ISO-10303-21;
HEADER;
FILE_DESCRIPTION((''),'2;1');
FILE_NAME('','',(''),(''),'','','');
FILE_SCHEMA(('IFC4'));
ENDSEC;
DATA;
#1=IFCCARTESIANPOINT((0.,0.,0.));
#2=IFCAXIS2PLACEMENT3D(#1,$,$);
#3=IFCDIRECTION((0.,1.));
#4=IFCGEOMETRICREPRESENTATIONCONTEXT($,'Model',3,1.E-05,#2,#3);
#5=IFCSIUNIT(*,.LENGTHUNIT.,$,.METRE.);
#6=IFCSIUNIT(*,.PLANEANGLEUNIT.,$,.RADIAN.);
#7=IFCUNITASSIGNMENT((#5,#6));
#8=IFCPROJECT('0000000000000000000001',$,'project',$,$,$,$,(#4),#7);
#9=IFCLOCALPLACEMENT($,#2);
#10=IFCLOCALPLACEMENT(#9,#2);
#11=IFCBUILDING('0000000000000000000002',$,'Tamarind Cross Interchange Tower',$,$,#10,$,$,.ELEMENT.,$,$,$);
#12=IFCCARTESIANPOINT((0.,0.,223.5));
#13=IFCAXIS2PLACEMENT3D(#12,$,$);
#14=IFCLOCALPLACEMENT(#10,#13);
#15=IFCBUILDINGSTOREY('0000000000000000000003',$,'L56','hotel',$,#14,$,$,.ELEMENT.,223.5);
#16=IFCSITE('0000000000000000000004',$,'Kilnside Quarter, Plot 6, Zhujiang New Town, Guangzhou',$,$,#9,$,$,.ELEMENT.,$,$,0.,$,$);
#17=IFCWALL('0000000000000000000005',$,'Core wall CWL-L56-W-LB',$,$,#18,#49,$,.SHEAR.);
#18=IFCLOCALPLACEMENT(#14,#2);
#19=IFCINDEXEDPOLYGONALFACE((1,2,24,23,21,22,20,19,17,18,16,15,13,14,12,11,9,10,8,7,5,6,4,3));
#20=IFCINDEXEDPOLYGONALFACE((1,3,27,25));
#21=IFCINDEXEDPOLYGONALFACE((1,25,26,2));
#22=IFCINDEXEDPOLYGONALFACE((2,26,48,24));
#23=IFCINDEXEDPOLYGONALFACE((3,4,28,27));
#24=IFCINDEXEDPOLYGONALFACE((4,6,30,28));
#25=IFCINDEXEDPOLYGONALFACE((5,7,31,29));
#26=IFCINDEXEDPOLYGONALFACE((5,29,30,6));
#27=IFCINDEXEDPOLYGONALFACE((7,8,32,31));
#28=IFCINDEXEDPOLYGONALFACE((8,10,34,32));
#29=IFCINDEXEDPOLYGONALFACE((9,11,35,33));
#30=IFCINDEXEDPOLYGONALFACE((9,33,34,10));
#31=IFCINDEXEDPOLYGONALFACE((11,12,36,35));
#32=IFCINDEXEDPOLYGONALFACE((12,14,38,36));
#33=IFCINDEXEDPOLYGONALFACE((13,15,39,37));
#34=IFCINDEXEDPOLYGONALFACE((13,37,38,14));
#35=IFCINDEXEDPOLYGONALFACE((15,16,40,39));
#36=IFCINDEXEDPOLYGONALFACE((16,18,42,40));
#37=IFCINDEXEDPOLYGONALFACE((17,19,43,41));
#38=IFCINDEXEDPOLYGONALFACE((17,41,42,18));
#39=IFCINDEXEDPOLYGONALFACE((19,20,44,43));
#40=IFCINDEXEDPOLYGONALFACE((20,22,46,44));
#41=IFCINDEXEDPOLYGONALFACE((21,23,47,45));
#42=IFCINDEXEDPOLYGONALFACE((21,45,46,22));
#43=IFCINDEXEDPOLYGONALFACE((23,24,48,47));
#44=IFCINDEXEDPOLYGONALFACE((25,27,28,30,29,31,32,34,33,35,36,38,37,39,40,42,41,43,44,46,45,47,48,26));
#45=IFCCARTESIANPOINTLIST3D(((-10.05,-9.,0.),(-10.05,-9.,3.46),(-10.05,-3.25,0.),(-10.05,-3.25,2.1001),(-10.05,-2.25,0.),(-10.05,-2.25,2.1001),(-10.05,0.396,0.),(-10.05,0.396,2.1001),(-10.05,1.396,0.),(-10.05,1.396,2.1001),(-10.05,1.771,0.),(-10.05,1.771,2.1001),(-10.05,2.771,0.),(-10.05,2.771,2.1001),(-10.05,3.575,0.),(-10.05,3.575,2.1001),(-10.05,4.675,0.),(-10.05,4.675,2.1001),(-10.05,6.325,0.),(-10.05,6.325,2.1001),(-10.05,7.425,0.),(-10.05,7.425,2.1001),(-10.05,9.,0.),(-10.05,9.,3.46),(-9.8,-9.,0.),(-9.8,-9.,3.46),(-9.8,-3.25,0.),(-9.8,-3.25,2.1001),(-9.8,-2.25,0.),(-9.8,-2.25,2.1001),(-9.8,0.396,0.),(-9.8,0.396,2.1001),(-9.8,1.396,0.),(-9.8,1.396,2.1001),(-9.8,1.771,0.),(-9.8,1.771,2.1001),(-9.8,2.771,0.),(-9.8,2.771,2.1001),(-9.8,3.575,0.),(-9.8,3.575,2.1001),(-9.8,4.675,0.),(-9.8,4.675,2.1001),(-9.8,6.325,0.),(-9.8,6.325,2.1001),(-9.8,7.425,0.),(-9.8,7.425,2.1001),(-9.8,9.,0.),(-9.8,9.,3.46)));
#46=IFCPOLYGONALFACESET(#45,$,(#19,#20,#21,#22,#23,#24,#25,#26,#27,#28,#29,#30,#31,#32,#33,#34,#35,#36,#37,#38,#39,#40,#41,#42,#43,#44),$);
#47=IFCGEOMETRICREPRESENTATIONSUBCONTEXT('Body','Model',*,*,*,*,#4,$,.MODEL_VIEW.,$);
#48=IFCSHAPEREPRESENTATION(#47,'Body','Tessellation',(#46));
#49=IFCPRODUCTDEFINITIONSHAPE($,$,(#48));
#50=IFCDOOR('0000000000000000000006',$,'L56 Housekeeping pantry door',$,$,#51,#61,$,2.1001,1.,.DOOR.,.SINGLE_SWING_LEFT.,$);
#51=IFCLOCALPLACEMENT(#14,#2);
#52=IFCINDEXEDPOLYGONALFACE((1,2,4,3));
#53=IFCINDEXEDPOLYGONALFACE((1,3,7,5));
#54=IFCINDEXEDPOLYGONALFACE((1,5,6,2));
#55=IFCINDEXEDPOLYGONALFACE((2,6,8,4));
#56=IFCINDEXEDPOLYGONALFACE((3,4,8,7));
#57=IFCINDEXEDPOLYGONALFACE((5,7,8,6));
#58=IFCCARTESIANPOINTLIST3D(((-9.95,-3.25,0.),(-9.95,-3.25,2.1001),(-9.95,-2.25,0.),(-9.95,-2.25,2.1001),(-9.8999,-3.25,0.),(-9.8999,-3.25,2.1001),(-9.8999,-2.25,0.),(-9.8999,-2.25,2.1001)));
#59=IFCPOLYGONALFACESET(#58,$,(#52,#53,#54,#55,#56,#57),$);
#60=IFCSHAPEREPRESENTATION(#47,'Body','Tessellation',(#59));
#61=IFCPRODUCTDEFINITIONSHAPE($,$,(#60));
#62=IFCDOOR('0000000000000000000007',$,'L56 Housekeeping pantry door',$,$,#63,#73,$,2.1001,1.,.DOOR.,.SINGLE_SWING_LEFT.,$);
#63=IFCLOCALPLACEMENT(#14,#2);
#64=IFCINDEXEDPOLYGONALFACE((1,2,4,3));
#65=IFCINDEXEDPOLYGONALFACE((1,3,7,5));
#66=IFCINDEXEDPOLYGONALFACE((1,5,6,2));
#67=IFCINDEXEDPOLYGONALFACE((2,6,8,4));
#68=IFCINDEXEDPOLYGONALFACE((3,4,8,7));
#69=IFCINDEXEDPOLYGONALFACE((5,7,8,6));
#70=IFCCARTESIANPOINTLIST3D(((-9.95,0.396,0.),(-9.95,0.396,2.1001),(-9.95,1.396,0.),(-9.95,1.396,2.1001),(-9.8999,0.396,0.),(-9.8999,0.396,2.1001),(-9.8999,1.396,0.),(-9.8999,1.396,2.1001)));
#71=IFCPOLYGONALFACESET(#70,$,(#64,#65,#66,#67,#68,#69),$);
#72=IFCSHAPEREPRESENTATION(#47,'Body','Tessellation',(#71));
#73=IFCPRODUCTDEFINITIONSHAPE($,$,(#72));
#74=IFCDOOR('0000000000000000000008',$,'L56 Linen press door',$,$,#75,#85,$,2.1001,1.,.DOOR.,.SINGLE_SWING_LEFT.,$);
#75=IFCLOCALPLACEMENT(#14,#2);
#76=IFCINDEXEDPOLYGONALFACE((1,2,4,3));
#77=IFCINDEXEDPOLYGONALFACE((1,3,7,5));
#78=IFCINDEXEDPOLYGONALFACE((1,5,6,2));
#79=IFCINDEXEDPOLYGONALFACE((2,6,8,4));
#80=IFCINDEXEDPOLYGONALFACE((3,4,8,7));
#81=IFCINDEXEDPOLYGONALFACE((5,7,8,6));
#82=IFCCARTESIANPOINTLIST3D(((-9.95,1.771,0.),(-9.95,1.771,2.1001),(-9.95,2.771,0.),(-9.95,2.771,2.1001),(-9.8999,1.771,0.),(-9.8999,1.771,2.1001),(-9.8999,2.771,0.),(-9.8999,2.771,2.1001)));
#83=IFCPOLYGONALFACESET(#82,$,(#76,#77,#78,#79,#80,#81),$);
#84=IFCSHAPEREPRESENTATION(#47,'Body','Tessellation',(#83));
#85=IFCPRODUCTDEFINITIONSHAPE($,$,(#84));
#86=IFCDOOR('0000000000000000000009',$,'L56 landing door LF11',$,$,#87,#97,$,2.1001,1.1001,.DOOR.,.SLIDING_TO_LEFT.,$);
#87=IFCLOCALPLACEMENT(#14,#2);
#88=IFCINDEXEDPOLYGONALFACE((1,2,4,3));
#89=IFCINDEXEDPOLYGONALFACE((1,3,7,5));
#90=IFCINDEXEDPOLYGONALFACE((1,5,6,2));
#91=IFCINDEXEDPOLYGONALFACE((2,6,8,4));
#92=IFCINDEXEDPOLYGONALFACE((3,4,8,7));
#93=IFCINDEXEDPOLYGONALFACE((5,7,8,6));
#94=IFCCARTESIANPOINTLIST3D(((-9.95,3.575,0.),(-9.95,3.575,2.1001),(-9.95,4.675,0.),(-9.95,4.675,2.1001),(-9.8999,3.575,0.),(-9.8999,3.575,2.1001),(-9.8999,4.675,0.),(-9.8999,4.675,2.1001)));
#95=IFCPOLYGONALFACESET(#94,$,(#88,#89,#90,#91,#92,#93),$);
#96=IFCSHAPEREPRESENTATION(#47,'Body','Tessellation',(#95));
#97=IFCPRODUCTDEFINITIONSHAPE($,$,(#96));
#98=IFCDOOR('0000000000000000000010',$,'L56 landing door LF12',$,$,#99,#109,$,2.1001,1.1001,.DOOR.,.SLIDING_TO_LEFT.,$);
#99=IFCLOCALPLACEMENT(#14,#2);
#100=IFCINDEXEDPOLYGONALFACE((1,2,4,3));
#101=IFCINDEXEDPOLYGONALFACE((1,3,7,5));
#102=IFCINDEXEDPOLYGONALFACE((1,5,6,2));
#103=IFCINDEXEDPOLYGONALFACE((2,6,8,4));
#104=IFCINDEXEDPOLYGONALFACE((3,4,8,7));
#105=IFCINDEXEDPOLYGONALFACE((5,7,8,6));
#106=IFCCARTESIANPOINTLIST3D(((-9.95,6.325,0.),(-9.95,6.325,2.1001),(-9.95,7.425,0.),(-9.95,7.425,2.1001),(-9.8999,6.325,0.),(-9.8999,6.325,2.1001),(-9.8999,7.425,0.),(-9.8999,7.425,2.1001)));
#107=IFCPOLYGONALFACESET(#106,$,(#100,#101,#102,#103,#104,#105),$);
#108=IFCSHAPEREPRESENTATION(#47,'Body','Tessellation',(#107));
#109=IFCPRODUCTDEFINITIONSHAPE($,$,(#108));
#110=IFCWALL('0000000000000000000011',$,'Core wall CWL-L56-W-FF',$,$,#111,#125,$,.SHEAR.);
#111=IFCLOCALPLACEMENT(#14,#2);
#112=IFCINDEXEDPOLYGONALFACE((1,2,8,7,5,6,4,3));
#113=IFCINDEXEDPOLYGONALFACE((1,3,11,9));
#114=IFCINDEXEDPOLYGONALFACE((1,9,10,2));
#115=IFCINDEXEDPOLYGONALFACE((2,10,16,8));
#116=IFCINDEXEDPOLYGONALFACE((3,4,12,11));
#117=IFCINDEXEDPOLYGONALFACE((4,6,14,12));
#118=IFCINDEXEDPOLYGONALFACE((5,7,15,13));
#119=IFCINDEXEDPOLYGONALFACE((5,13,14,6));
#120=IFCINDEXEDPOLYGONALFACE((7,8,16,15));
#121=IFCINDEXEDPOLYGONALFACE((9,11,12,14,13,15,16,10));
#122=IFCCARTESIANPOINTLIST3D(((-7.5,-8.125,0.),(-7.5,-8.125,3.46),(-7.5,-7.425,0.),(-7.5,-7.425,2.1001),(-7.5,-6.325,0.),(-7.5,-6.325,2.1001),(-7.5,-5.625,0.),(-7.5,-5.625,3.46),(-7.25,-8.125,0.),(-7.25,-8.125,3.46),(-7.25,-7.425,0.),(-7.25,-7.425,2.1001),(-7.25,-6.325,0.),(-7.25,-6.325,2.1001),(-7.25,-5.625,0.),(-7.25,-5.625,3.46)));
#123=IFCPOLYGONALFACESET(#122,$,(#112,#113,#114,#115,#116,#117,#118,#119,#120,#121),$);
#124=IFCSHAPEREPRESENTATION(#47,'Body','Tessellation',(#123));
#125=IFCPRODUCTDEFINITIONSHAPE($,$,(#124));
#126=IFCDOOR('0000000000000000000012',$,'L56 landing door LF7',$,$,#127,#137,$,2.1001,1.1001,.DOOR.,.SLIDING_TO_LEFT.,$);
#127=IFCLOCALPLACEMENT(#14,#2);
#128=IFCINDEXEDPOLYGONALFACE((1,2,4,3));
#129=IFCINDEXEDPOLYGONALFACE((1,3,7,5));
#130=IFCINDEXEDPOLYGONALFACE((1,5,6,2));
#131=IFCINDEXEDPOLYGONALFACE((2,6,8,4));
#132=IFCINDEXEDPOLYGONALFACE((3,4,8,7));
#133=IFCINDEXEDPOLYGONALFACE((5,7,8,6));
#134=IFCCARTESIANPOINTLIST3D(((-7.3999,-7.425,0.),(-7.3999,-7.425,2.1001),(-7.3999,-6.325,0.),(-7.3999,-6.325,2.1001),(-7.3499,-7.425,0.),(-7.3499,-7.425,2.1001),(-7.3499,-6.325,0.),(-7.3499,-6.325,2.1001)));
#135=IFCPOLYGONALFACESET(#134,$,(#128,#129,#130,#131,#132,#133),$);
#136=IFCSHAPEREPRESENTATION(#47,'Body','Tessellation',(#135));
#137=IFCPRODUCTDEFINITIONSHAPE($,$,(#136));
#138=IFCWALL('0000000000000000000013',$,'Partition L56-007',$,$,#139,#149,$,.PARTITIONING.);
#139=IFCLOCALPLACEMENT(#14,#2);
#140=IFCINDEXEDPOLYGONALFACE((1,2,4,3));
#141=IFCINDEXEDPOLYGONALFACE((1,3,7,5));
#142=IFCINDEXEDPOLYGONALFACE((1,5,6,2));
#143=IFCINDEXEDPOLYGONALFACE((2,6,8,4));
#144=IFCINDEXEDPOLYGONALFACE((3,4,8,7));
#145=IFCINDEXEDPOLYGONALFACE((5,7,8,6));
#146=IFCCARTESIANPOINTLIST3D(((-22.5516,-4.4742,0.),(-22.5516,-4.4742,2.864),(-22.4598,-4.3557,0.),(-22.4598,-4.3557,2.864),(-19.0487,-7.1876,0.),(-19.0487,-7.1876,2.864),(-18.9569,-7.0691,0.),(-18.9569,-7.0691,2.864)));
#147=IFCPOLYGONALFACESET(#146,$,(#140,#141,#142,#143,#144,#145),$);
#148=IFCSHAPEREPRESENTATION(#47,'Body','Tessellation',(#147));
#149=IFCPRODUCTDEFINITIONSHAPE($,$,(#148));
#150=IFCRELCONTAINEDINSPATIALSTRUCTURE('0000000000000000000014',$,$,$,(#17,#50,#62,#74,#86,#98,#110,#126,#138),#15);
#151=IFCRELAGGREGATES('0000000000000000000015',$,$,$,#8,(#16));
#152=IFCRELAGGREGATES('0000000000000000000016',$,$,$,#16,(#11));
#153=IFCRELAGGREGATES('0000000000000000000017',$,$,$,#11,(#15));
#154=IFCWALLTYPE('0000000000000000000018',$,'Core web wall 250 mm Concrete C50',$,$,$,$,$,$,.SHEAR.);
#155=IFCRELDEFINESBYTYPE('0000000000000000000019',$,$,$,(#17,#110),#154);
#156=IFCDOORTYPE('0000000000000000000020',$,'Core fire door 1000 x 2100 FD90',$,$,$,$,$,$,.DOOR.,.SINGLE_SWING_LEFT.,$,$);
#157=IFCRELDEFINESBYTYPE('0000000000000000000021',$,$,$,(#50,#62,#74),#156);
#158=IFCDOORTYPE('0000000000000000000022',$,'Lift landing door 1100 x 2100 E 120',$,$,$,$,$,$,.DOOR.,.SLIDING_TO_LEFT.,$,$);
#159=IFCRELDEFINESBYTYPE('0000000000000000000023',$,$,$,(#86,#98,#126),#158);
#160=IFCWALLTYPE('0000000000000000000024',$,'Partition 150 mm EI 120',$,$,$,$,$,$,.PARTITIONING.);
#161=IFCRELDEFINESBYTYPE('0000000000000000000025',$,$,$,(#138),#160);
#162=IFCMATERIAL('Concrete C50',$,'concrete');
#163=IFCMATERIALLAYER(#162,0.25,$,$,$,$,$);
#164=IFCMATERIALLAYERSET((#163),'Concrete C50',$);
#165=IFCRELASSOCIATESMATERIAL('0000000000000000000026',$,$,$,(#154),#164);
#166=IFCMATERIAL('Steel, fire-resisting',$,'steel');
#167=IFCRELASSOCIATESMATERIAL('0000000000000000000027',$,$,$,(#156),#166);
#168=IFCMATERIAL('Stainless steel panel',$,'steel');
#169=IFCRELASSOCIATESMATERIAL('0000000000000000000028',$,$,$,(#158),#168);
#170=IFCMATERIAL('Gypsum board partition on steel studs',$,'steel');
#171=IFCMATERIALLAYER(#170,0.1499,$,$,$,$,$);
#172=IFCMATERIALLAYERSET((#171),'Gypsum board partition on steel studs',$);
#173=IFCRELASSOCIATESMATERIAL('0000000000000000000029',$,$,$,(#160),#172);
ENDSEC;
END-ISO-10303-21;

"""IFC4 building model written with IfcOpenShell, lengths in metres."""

from ifc_helpers import new_model, si_unit, direction, frame, frame_2d, origin, place, context, subcontext, project, spatial, rectangle, extrude, material, layer, layer_set, type_object, element, fill, save


model = new_model("IFC4")

# Units and contexts
model_context = context("Model", 3, precision=1e-05, world=origin(), true_north=direction((0.0, 1.0)))
body_context = subcontext(model_context, "Body", "Model", "MODEL_VIEW")
ifc_project = project(units=[si_unit("LENGTHUNIT", "METRE"), si_unit("PLANEANGLEUNIT", "RADIAN")], contexts=[model_context])

# Site, building, storey
site_placement = place(None, origin())
site = spatial("IfcSite", under=ifc_project, at=site_placement, Name="Kilnside Quarter, Plot 6, Zhujiang New Town, Guangzhou", CompositionType="ELEMENT", RefElevation=0.0)
building_placement = place(site_placement, origin())
building = spatial("IfcBuilding", under=site, at=building_placement, Name="Tamarind Cross Interchange Tower", CompositionType="ELEMENT")
storey_placement = place(building_placement, frame((0.0, 0.0, 223.5)))
storey = spatial("IfcBuildingStorey", under=building, at=storey_placement, Name="L56", Description="hotel", CompositionType="ELEMENT", Elevation=223.5)

# Shared definitions
ifc_material_1 = material(Name="Concrete C50", Category="concrete")

# Shared definitions
ifc_material_2 = material(Name="Steel, fire-resisting", Category="steel")

# Shared definitions
ifc_layer_1 = layer(ifc_material_1, 0.25)
ifc_layer_set_1 = layer_set([ifc_layer_1], Name="Concrete C50")
wall_type_1 = type_object("IfcWallType", Name="Core web wall 250 mm Concrete C50", PredefinedType="SHEAR", material=ifc_layer_set_1)

# Wall, openings, doors
door_type_1 = type_object("IfcDoorType", Name="Core fire door 1000 x 2100 FD90", OperationType="SINGLE_SWING_LEFT", PredefinedType="DOOR", material=ifc_material_2)
ifc_material_3 = material(Name="Stainless steel panel", Category="steel")
wall_1_placement = place(storey_placement, frame((-9.925, -9.0, 0.0), z_axis=(0.0, 0.0, 1.0), x_axis=(0.0, 1.0, 0.0)))
wall_1 = element("IfcWall", 1, at=wall_1_placement, inside=storey, type_object=wall_type_1, Name="Core wall CWL-L56-W-LB", PredefinedType="SHEAR", context=body_context, shape_type="SweptSolid", body=[
    extrude(rectangle(XDim=18.0, YDim=0.25, at=frame_2d((9.0, 0.0))), origin(), (0.0, 0.0, 1.0), 3.46),
])
opening_1_placement = place(wall_1_placement, frame((12.575, 0.0, 0.0)))
opening_1 = element("IfcOpeningElement", 2, at=opening_1_placement, cuts=wall_1, PredefinedType="OPENING", context=body_context, shape_type="SweptSolid", body=[
    extrude(rectangle(XDim=1.1001, YDim=2.1001, at=frame_2d((0.55, 1.05))), frame((0.0, 0.135, 0.0), z_axis=(0.0, -1.0, 0.0), x_axis=(1.0, 0.0, 0.0)), (0.0, 0.0, 1.0), 0.27),
])
opening_2_placement = place(wall_1_placement, frame((15.325, 0.0, 0.0)))
opening_2 = element("IfcOpeningElement", 3, at=opening_2_placement, cuts=wall_1, PredefinedType="OPENING", context=body_context, shape_type="SweptSolid", body=[
    extrude(rectangle(XDim=1.1001, YDim=2.1001, at=frame_2d((0.55, 1.05))), frame((0.0, 0.135, 0.0), z_axis=(0.0, -1.0, 0.0), x_axis=(1.0, 0.0, 0.0)), (0.0, 0.0, 1.0), 0.27),
])
opening_3_placement = place(wall_1_placement, frame((5.75, 0.0, 0.0)))
opening_3 = element("IfcOpeningElement", 4, at=opening_3_placement, cuts=wall_1, PredefinedType="OPENING", context=body_context, shape_type="SweptSolid", body=[
    extrude(rectangle(XDim=1.0, YDim=2.1001, at=frame_2d((0.5, 1.05))), frame((0.0, 0.135, 0.0), z_axis=(0.0, -1.0, 0.0), x_axis=(1.0, 0.0, 0.0)), (0.0, 0.0, 1.0), 0.27),
])
opening_4_placement = place(wall_1_placement, frame((9.396, 0.0, 0.0)))
opening_4 = element("IfcOpeningElement", 5, at=opening_4_placement, cuts=wall_1, PredefinedType="OPENING", context=body_context, shape_type="SweptSolid", body=[
    extrude(rectangle(XDim=1.0, YDim=2.1001, at=frame_2d((0.5, 1.05))), frame((0.0, 0.135, 0.0), z_axis=(0.0, -1.0, 0.0), x_axis=(1.0, 0.0, 0.0)), (0.0, 0.0, 1.0), 0.27),
])
opening_5_placement = place(wall_1_placement, frame((10.771, 0.0, 0.0)))
opening_5 = element("IfcOpeningElement", 6, at=opening_5_placement, cuts=wall_1, PredefinedType="OPENING", context=body_context, shape_type="SweptSolid", body=[
    extrude(rectangle(XDim=1.0, YDim=2.1001, at=frame_2d((0.5, 1.05))), frame((0.0, 0.135, 0.0), z_axis=(0.0, -1.0, 0.0), x_axis=(1.0, 0.0, 0.0)), (0.0, 0.0, 1.0), 0.27),
])
door_1_placement = place(opening_3_placement, origin())
door_1 = element("IfcDoor", 7, at=door_1_placement, inside=storey, type_object=door_type_1, Name="L56 Housekeeping pantry door", OperationType="SINGLE_SWING_LEFT", OverallHeight=2.1001, OverallWidth=1.0, PredefinedType="DOOR", context=body_context, shape_type="SweptSolid", body=[
    extrude(rectangle(XDim=1.0, YDim=2.1001, at=frame_2d((0.5, 1.05))), frame((0.0, 0.0249, 0.0), z_axis=(0.0, -1.0, 0.0), x_axis=(1.0, 0.0, 0.0)), (0.0, 0.0, 1.0), 0.05),
])
fill(opening_3, door_1)
door_2_placement = place(opening_4_placement, origin())
door_2 = element("IfcDoor", 8, at=door_2_placement, inside=storey, type_object=door_type_1, Name="L56 Housekeeping pantry door", OperationType="SINGLE_SWING_LEFT", OverallHeight=2.1001, OverallWidth=1.0, PredefinedType="DOOR", context=body_context, shape_type="SweptSolid", body=[
    extrude(rectangle(XDim=1.0, YDim=2.1001, at=frame_2d((0.5, 1.05))), frame((0.0, 0.0249, 0.0), z_axis=(0.0, -1.0, 0.0), x_axis=(1.0, 0.0, 0.0)), (0.0, 0.0, 1.0), 0.05),
])
fill(opening_4, door_2)
door_3_placement = place(opening_5_placement, origin())
door_3 = element("IfcDoor", 9, at=door_3_placement, inside=storey, type_object=door_type_1, Name="L56 Linen press door", OperationType="SINGLE_SWING_LEFT", OverallHeight=2.1001, OverallWidth=1.0, PredefinedType="DOOR", context=body_context, shape_type="SweptSolid", body=[
    extrude(rectangle(XDim=1.0, YDim=2.1001, at=frame_2d((0.5, 1.05))), frame((0.0, 0.0249, 0.0), z_axis=(0.0, -1.0, 0.0), x_axis=(1.0, 0.0, 0.0)), (0.0, 0.0, 1.0), 0.05),
])
fill(opening_5, door_3)
door_type_2 = type_object("IfcDoorType", Name="Lift landing door 1100 x 2100 E 120", OperationType="SLIDING_TO_LEFT", PredefinedType="DOOR", material=ifc_material_3)
door_4_placement = place(opening_1_placement, origin())
door_4 = element("IfcDoor", 10, at=door_4_placement, inside=storey, type_object=door_type_2, Name="L56 landing door LF11", OperationType="SLIDING_TO_LEFT", OverallHeight=2.1001, OverallWidth=1.1001, PredefinedType="DOOR", context=body_context, shape_type="SweptSolid", body=[
    extrude(rectangle(XDim=1.1001, YDim=2.1001, at=frame_2d((0.55, 1.05))), frame((0.0, 0.0249, 0.0), z_axis=(0.0, -1.0, 0.0), x_axis=(1.0, 0.0, 0.0)), (0.0, 0.0, 1.0), 0.05),
])
fill(opening_1, door_4)
door_5_placement = place(opening_2_placement, origin())
door_5 = element("IfcDoor", 11, at=door_5_placement, inside=storey, type_object=door_type_2, Name="L56 landing door LF12", OperationType="SLIDING_TO_LEFT", OverallHeight=2.1001, OverallWidth=1.1001, PredefinedType="DOOR", context=body_context, shape_type="SweptSolid", body=[
    extrude(rectangle(XDim=1.1001, YDim=2.1001, at=frame_2d((0.55, 1.05))), frame((0.0, 0.0249, 0.0), z_axis=(0.0, -1.0, 0.0), x_axis=(1.0, 0.0, 0.0)), (0.0, 0.0, 1.0), 0.05),
])
fill(opening_2, door_5)

# Wall, opening, door
wall_2_placement = place(storey_placement, frame((-7.375, -8.125, 0.0), z_axis=(0.0, 0.0, 1.0), x_axis=(0.0, 1.0, 0.0)))
wall_2 = element("IfcWall", 12, at=wall_2_placement, inside=storey, type_object=wall_type_1, Name="Core wall CWL-L56-W-FF", PredefinedType="SHEAR", context=body_context, shape_type="SweptSolid", body=[
    extrude(rectangle(XDim=2.5, YDim=0.25, at=frame_2d((1.25, 0.0))), origin(), (0.0, 0.0, 1.0), 3.46),
])
opening_6_placement = place(wall_2_placement, frame((0.7, 0.0, 0.0)))
opening_6 = element("IfcOpeningElement", 13, at=opening_6_placement, cuts=wall_2, PredefinedType="OPENING", context=body_context, shape_type="SweptSolid", body=[
    extrude(rectangle(XDim=1.1001, YDim=2.1001, at=frame_2d((0.55, 1.05))), frame((0.0, 0.135, 0.0), z_axis=(0.0, -1.0, 0.0), x_axis=(1.0, 0.0, 0.0)), (0.0, 0.0, 1.0), 0.27),
])
door_6_placement = place(opening_6_placement, origin())
door_6 = element("IfcDoor", 14, at=door_6_placement, inside=storey, type_object=door_type_2, Name="L56 landing door LF7", OperationType="SLIDING_TO_LEFT", OverallHeight=2.1001, OverallWidth=1.1001, PredefinedType="DOOR", context=body_context, shape_type="SweptSolid", body=[
    extrude(rectangle(XDim=1.1001, YDim=2.1001, at=frame_2d((0.55, 1.05))), frame((0.0, 0.0249, 0.0), z_axis=(0.0, -1.0, 0.0), x_axis=(1.0, 0.0, 0.0)), (0.0, 0.0, 1.0), 0.05),
])
fill(opening_6, door_6)

# Wall
ifc_material_4 = material(Name="Gypsum board partition on steel studs", Category="steel")
ifc_layer_2 = layer(ifc_material_4, 0.1499)
ifc_layer_set_2 = layer_set([ifc_layer_2], Name="Gypsum board partition on steel studs")
wall_type_2 = type_object("IfcWallType", Name="Partition 150 mm EI 120", PredefinedType="PARTITIONING", material=ifc_layer_set_2)
wall_3_placement = place(storey_placement, frame((-22.5056, -4.415, 0.0), z_axis=(0.0, 0.0, 1.0), x_axis=(0.790567, -0.612375, 0.0)))
element("IfcWall", 15, at=wall_3_placement, inside=storey, type_object=wall_type_2, Name="Partition L56-007", PredefinedType="PARTITIONING", context=body_context, shape_type="SweptSolid", body=[
    extrude(rectangle(XDim=4.4309, YDim=0.1499, at=frame_2d((2.2153, 0.0))), origin(), (0.0, 0.0, 1.0), 2.864),
])

save(model, "model.ifc")
